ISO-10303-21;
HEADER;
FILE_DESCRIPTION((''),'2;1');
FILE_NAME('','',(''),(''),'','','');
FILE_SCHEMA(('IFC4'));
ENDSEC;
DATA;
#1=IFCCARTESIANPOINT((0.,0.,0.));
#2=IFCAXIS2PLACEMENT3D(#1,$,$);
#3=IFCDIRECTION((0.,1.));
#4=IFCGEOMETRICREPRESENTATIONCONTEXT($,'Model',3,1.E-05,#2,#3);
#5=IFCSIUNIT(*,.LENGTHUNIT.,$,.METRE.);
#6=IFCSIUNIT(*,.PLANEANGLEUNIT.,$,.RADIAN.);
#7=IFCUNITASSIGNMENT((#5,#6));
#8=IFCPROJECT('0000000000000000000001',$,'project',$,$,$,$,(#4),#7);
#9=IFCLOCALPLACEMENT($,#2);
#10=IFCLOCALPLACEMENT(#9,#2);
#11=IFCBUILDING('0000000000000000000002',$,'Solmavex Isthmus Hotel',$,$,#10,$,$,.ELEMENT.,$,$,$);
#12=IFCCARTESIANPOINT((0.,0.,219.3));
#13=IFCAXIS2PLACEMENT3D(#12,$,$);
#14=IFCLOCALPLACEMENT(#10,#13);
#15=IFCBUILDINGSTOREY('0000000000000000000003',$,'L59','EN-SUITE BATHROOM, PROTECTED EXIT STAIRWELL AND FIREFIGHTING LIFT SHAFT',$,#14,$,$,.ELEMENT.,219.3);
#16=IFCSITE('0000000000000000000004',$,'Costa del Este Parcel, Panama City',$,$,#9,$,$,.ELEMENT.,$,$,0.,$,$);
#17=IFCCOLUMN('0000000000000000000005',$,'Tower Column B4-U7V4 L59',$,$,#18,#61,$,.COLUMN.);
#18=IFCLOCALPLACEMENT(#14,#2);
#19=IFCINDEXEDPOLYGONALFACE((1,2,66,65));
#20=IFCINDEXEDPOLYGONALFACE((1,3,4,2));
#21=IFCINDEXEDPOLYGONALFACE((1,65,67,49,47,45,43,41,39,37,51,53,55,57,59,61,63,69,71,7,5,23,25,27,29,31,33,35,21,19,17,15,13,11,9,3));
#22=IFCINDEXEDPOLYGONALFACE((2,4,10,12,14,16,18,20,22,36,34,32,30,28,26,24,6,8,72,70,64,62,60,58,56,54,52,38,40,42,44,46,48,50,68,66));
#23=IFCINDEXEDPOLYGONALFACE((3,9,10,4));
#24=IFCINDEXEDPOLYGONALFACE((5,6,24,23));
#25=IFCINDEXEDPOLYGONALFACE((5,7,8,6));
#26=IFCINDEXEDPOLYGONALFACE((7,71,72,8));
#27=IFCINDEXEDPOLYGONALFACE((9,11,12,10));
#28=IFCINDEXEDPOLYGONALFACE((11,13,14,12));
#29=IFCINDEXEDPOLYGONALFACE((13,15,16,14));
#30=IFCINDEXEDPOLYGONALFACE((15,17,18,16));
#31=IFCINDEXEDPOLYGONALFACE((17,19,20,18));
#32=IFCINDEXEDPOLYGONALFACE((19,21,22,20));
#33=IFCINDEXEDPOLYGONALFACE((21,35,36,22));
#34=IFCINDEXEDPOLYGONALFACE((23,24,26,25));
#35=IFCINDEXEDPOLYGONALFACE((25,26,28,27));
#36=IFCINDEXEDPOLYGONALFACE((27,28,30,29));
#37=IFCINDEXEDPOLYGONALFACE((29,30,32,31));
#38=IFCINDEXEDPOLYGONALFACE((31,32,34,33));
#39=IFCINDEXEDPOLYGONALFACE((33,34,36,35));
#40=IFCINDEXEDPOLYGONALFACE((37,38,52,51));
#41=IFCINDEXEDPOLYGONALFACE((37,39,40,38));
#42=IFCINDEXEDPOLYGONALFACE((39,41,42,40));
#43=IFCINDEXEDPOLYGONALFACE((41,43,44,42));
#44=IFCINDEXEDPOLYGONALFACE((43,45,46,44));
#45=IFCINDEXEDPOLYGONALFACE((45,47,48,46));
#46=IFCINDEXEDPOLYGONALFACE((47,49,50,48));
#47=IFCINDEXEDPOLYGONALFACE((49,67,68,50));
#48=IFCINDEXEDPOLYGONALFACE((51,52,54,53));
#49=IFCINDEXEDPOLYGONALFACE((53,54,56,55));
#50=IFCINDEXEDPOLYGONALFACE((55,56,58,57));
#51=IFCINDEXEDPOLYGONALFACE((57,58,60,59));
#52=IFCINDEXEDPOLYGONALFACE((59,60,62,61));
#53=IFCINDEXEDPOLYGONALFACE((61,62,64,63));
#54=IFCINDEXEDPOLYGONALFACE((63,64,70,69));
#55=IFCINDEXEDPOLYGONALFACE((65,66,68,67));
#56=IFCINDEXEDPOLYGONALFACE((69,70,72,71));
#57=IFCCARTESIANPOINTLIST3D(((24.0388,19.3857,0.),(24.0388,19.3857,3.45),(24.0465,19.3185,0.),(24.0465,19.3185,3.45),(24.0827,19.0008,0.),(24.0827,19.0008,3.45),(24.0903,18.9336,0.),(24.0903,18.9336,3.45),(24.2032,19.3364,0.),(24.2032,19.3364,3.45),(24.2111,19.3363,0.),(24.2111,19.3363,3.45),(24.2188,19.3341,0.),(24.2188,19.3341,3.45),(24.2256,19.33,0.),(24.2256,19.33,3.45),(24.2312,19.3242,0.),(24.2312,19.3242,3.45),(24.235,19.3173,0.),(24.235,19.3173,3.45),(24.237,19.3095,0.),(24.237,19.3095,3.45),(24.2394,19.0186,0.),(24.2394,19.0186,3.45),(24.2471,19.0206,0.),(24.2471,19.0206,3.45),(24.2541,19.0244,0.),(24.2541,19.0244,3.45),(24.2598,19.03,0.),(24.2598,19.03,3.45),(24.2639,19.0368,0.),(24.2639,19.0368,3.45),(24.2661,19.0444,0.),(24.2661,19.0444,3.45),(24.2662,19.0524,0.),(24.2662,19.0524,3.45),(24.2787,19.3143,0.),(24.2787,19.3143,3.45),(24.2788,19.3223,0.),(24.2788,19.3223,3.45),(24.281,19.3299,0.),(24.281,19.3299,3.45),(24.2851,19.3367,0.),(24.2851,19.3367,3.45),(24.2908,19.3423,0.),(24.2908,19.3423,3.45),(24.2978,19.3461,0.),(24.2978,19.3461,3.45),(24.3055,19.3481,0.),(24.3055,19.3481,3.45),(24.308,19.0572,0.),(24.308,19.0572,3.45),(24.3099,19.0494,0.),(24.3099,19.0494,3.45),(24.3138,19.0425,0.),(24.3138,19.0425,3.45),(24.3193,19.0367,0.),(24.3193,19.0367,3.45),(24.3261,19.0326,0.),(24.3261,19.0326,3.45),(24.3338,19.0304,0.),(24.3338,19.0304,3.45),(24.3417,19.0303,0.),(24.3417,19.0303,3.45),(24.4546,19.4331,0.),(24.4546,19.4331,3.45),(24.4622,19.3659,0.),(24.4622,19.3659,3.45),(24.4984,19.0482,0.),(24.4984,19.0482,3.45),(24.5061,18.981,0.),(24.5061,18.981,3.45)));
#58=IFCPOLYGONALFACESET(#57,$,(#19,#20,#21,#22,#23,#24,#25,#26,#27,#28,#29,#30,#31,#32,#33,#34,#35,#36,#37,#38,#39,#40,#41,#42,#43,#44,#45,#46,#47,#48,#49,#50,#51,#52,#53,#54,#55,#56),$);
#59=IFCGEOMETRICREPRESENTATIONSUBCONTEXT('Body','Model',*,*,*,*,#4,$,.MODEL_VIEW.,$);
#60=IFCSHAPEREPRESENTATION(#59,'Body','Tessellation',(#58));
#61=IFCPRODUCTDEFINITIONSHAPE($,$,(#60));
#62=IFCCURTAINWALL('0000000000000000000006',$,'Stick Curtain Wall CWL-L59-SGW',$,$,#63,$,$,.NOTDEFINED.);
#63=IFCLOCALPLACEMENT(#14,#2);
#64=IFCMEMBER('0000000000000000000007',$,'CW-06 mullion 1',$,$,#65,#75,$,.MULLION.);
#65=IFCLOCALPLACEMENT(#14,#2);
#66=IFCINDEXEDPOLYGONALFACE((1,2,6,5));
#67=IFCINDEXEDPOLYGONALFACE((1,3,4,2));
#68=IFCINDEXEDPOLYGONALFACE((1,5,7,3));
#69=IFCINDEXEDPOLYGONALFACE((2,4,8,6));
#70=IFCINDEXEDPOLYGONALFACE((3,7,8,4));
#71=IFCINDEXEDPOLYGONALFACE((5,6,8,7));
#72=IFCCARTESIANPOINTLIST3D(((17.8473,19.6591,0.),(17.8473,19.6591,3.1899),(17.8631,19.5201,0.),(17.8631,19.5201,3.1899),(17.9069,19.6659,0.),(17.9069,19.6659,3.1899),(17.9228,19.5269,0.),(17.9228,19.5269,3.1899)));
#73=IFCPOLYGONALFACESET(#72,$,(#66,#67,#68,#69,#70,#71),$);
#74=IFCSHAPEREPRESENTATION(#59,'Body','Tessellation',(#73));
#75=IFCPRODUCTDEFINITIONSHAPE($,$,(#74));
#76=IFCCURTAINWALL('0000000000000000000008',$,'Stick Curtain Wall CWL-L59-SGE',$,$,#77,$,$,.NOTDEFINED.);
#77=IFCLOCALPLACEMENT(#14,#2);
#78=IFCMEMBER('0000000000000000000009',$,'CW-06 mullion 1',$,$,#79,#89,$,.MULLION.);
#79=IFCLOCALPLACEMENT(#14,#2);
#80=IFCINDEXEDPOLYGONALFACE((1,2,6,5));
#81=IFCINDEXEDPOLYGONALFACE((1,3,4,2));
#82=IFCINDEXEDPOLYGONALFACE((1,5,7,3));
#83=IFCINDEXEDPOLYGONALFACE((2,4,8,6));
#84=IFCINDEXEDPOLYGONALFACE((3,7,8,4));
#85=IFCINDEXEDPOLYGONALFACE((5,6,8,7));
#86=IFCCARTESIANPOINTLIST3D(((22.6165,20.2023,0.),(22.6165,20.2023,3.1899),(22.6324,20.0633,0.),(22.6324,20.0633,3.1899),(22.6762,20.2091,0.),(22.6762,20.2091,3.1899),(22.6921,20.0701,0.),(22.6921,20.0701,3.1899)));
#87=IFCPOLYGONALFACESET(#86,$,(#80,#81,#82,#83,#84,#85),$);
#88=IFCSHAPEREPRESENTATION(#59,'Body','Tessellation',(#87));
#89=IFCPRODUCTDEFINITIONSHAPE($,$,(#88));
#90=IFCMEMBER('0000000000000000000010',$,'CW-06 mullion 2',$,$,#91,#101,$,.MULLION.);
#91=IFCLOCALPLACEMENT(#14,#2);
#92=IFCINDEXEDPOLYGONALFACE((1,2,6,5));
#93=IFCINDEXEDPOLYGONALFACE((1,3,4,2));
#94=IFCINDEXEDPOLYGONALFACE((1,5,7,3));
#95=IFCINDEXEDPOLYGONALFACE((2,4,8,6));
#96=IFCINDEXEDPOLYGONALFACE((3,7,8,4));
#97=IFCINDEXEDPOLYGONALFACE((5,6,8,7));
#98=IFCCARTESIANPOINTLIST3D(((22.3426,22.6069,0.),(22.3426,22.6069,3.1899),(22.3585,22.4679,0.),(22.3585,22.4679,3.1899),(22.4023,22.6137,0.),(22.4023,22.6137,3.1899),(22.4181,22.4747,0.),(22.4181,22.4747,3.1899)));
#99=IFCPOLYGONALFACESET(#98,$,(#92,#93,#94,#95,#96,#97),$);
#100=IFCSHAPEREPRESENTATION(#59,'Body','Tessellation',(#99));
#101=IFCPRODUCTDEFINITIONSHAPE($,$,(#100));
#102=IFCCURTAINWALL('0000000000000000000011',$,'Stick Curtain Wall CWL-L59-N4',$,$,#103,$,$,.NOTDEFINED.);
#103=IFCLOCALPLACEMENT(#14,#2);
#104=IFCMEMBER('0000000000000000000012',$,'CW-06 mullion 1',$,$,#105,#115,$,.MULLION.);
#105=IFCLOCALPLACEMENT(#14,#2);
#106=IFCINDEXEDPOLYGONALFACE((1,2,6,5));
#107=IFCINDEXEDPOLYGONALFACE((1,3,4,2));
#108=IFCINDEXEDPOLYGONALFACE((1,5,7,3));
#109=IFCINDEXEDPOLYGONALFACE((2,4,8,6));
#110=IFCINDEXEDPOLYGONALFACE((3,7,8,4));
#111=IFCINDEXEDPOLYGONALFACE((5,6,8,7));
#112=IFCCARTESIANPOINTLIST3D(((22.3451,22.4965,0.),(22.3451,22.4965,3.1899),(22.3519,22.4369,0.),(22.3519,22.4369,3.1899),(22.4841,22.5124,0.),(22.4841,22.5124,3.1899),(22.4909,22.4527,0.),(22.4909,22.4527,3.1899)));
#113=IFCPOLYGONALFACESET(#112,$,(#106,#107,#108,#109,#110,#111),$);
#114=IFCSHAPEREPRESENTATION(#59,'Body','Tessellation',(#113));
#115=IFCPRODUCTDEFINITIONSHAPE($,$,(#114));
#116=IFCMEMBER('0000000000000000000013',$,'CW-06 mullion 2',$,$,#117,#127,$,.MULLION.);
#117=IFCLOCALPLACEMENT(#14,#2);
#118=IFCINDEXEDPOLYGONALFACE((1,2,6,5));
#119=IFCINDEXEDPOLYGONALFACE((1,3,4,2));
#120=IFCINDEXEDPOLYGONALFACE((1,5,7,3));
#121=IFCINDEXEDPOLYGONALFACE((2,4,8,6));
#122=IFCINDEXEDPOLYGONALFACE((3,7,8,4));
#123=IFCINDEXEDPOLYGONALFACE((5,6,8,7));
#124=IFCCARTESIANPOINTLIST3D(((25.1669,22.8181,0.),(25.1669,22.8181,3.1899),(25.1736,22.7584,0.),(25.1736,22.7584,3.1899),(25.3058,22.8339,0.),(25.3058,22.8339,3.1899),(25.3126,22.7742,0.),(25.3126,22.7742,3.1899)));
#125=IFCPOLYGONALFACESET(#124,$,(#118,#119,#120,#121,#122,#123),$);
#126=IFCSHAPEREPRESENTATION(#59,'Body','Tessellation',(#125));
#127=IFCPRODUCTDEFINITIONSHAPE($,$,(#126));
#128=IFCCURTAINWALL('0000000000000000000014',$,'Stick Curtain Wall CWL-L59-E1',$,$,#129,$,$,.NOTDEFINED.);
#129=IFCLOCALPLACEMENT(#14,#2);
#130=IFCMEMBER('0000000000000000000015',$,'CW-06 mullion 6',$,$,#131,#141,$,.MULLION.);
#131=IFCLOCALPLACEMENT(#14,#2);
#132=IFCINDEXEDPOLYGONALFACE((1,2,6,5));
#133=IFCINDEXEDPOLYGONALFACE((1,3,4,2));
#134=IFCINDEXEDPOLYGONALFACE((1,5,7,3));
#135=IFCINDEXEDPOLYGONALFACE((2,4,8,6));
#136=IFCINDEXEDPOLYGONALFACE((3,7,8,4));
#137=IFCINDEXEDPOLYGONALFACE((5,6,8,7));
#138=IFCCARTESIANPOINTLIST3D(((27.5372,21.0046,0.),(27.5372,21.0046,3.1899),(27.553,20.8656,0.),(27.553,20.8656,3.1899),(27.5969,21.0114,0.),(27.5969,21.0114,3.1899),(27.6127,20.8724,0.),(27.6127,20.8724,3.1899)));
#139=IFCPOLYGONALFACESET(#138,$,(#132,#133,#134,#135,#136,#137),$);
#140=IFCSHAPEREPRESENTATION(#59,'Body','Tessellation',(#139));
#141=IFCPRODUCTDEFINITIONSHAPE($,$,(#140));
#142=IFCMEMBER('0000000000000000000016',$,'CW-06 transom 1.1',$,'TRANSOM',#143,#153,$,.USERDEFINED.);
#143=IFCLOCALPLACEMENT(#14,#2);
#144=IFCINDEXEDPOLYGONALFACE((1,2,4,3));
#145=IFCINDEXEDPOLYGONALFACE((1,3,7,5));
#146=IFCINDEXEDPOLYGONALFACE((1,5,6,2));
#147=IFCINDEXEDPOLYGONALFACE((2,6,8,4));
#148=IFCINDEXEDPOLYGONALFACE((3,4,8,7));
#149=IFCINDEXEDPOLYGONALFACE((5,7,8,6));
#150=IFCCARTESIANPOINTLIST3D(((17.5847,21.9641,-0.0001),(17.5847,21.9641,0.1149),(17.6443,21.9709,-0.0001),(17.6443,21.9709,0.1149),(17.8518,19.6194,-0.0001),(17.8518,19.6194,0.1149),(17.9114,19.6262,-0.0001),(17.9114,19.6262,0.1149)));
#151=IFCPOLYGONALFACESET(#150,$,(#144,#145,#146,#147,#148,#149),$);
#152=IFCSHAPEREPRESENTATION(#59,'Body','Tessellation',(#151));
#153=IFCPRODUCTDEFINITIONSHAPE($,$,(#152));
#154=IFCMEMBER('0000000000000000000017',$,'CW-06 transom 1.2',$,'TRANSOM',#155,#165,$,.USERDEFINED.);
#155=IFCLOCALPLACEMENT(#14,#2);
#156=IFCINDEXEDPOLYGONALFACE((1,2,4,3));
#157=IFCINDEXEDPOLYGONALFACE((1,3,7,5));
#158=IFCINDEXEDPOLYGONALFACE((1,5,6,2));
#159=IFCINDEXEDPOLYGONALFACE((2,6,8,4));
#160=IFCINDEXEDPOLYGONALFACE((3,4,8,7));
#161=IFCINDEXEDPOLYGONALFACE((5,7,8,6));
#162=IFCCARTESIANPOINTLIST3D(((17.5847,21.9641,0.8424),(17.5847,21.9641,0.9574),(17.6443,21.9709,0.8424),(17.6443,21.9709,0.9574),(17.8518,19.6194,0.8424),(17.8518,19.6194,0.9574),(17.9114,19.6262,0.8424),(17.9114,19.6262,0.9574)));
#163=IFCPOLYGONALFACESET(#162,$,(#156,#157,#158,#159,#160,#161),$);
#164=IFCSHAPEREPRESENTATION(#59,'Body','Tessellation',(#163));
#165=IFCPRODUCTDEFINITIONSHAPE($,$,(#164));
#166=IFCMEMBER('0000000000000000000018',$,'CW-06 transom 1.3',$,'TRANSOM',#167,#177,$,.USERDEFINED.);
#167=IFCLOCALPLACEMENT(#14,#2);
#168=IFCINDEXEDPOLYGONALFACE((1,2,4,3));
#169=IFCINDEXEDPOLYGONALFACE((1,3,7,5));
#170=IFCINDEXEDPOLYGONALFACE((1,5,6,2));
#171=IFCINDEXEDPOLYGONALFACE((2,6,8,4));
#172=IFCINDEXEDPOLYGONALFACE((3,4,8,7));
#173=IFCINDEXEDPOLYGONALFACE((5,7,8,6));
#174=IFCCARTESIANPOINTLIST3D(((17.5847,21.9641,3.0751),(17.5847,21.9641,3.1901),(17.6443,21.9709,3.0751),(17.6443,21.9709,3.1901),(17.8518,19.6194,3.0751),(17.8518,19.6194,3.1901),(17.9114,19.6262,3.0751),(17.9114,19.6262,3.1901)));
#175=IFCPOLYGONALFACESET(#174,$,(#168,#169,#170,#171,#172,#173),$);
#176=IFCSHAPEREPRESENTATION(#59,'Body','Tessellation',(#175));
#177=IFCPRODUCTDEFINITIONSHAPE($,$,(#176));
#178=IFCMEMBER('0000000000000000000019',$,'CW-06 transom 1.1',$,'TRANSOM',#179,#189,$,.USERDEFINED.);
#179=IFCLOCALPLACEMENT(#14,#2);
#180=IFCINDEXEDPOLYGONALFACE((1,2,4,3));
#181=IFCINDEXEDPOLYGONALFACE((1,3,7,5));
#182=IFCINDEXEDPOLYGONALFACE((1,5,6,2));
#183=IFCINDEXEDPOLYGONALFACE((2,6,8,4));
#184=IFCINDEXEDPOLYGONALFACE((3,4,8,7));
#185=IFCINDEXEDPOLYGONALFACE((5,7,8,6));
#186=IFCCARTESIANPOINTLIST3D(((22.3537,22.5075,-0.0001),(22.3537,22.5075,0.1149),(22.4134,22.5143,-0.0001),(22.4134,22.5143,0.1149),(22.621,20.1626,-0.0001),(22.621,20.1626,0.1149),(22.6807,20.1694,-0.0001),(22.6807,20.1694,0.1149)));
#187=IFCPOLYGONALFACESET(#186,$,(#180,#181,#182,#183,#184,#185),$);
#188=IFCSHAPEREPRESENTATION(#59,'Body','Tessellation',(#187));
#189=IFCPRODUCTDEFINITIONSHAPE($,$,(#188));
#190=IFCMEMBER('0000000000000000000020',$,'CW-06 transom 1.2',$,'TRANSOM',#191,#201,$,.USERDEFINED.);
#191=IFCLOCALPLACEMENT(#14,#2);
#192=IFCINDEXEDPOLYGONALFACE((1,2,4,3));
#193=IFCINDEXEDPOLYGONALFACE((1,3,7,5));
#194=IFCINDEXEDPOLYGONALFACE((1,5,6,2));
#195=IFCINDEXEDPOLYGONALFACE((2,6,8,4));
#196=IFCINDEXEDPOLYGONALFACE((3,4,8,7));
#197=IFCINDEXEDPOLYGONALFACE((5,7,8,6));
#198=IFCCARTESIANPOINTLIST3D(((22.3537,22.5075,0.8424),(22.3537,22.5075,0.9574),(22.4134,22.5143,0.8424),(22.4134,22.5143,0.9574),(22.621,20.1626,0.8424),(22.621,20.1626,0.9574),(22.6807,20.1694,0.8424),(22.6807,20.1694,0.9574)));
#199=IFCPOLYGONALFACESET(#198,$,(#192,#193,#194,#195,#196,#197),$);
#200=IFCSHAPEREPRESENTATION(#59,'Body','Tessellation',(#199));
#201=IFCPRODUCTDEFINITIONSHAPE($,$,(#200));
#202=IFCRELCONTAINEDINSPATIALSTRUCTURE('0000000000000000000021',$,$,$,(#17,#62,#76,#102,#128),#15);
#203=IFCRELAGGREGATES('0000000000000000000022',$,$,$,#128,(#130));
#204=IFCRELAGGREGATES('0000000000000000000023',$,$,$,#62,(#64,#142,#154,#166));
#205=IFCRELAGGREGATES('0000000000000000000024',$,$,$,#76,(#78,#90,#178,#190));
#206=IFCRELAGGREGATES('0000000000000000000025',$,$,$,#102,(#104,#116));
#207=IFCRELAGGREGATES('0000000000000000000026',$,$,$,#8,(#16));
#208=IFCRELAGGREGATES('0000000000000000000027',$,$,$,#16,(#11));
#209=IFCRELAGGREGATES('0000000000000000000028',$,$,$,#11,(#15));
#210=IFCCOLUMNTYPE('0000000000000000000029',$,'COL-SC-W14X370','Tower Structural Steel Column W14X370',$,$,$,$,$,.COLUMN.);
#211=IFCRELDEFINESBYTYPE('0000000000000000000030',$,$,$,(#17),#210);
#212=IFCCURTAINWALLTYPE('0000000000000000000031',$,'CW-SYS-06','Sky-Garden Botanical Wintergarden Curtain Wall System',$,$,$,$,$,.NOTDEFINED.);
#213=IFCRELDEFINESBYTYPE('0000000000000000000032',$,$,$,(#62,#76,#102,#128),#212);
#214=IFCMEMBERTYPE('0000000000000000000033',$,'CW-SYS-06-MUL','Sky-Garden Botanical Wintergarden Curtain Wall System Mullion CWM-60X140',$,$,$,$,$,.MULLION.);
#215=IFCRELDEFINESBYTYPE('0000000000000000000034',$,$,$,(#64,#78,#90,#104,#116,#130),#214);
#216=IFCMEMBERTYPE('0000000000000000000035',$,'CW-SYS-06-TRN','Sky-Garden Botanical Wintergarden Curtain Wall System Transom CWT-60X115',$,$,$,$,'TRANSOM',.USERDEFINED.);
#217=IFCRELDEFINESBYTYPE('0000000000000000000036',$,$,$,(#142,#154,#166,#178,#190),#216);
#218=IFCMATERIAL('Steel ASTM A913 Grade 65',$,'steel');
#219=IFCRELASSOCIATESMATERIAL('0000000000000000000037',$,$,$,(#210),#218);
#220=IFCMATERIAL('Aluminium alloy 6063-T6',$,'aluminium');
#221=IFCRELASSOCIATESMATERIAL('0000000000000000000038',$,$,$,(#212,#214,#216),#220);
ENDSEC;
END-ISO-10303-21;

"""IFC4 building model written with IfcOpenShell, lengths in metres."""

from ifc_helpers import new_model, si_unit, direction, frame, origin, origin_2d, place, context, subcontext, project, spatial, rectangle, i_section, extrude, material, material_profile, profile_set, type_object, element, aggregate, save


model = new_model("IFC4")

# Units and contexts
model_context = context("Model", 3, precision=1e-05, world=origin(), true_north=direction((0.0, 1.0)))
body_context = subcontext(model_context, "Body", "Model", "MODEL_VIEW")
ifc_project = project(units=[si_unit("LENGTHUNIT", "METRE"), si_unit("PLANEANGLEUNIT", "RADIAN")], contexts=[model_context])

# Site, building, storey
site_placement = place(None, origin())
site = spatial("IfcSite", under=ifc_project, at=site_placement, Name="Costa del Este Parcel, Panama City", CompositionType="ELEMENT", RefElevation=0.0)
building_placement = place(site_placement, origin())
building = spatial("IfcBuilding", under=site, at=building_placement, Name="Solmavex Isthmus Hotel", CompositionType="ELEMENT")
storey_placement = place(building_placement, frame((0.0, 0.0, 219.3)))
storey = spatial("IfcBuildingStorey", under=building, at=storey_placement, Name="L59", Description="EN-SUITE BATHROOM, PROTECTED EXIT STAIRWELL AND FIREFIGHTING LIFT SHAFT", CompositionType="ELEMENT", Elevation=219.3)

# Column
ifc_material_1 = material(Name="Steel ASTM A913 Grade 65", Category="steel")
ifc_material_profile_1 = material_profile(ifc_material_1, i_section(OverallWidth=0.4185, OverallDepth=0.4551, WebThickness=0.042, FlangeThickness=0.0676, FilletRadius=0.0305, at=origin_2d()), Name="W14X370")
ifc_profile_set_1 = profile_set([ifc_material_profile_1], Name="Steel ASTM A913 Grade 65")
column_type = type_object("IfcColumnType", Name="COL-SC-W14X370", Description="Tower Structural Steel Column W14X370", PredefinedType="COLUMN", material=ifc_profile_set_1)
column_placement = place(storey_placement, frame((24.2725, 19.1833, 0.0), z_axis=(0.0, 0.0, 1.0), x_axis=(0.993572, 0.113203, 0.0)))
element("IfcColumn", 1, at=column_placement, inside=storey, type_object=column_type, Name="Tower Column B4-U7V4 L59", PredefinedType="COLUMN", context=body_context, shape_type="SweptSolid", body=[
    extrude(i_section(OverallWidth=0.4185, OverallDepth=0.4551, WebThickness=0.042, FlangeThickness=0.0676, FilletRadius=0.0305, at=origin_2d()), origin(), (0.0, 0.0, 1.0), 3.45),
])

# Curtain wall, member
ifc_material_2 = material(Name="Aluminium alloy 6063-T6", Category="aluminium")
curtain_wall_type = type_object("IfcCurtainWallType", Name="CW-SYS-06", Description="Sky-Garden Botanical Wintergarden Curtain Wall System", PredefinedType="NOTDEFINED", material=ifc_material_2)
curtain_wall_1_placement = place(storey_placement, origin())
curtain_wall_1 = element("IfcCurtainWall", 2, at=curtain_wall_1_placement, inside=storey, type_object=curtain_wall_type, Name="Stick Curtain Wall CWL-L59-SGW", PredefinedType="NOTDEFINED")
ifc_material_profile_2 = material_profile(ifc_material_2, rectangle(XDim=0.0601, YDim=0.1399, at=origin_2d()), Name="CWM-60X140")
ifc_profile_set_2 = profile_set([ifc_material_profile_2], Name="Aluminium alloy 6063-T6")
member_type_1 = type_object("IfcMemberType", Name="CW-SYS-06-MUL", Description="Sky-Garden Botanical Wintergarden Curtain Wall System Mullion CWM-60X140", PredefinedType="MULLION", material=ifc_profile_set_2)
member_1_placement = place(storey_placement, frame((17.885, 19.593, 0.0), z_axis=(0.0, 0.0, 1.0), x_axis=(-0.993572, -0.113202, 0.0)))
member_1 = element("IfcMember", 3, at=member_1_placement, type_object=member_type_1, Name="CW-06 mullion 1", PredefinedType="MULLION", context=body_context, shape_type="SweptSolid", body=[
    extrude(rectangle(XDim=0.0601, YDim=0.1399, at=origin_2d()), origin(), (0.0, 0.0, 1.0), 3.1899),
])

# Curtain walls, members
curtain_wall_2_placement = place(storey_placement, origin())
curtain_wall_2 = element("IfcCurtainWall", 4, at=curtain_wall_2_placement, inside=storey, type_object=curtain_wall_type, Name="Stick Curtain Wall CWL-L59-SGE", PredefinedType="NOTDEFINED")
member_2_placement = place(storey_placement, frame((22.6543, 20.1362, 0.0), z_axis=(0.0, 0.0, 1.0), x_axis=(-0.993572, -0.113202, 0.0)))
member_2 = element("IfcMember", 5, at=member_2_placement, type_object=member_type_1, Name="CW-06 mullion 1", PredefinedType="MULLION", context=body_context, shape_type="SweptSolid", body=[
    extrude(rectangle(XDim=0.0601, YDim=0.1399, at=origin_2d()), origin(), (0.0, 0.0, 1.0), 3.1899),
])
member_3_placement = place(storey_placement, frame((22.3804, 22.5408, 0.0), z_axis=(0.0, 0.0, 1.0), x_axis=(-0.993572, -0.113202, 0.0)))
member_3 = element("IfcMember", 6, at=member_3_placement, type_object=member_type_1, Name="CW-06 mullion 2", PredefinedType="MULLION", context=body_context, shape_type="SweptSolid", body=[
    extrude(rectangle(XDim=0.0601, YDim=0.1399, at=origin_2d()), origin(), (0.0, 0.0, 1.0), 3.1899),
])
curtain_wall_3_placement = place(storey_placement, origin())
curtain_wall_3 = element("IfcCurtainWall", 7, at=curtain_wall_3_placement, inside=storey, type_object=curtain_wall_type, Name="Stick Curtain Wall CWL-L59-N4", PredefinedType="NOTDEFINED")
member_4_placement = place(storey_placement, frame((22.418, 22.4746, 0.0), z_axis=(0.0, 0.0, 1.0), x_axis=(-0.113203, 0.993572, 0.0)))
member_4 = element("IfcMember", 8, at=member_4_placement, type_object=member_type_1, Name="CW-06 mullion 1", PredefinedType="MULLION", context=body_context, shape_type="SweptSolid", body=[
    extrude(rectangle(XDim=0.0601, YDim=0.1399, at=origin_2d()), origin(), (0.0, 0.0, 1.0), 3.1899),
])
member_5_placement = place(storey_placement, frame((25.2397, 22.7961, 0.0), z_axis=(0.0, 0.0, 1.0), x_axis=(-0.113203, 0.993572, 0.0)))
member_5 = element("IfcMember", 9, at=member_5_placement, type_object=member_type_1, Name="CW-06 mullion 2", PredefinedType="MULLION", context=body_context, shape_type="SweptSolid", body=[
    extrude(rectangle(XDim=0.0601, YDim=0.1399, at=origin_2d()), origin(), (0.0, 0.0, 1.0), 3.1899),
])

# Curtain wall, member
curtain_wall_4_placement = place(storey_placement, origin())
curtain_wall_4 = element("IfcCurtainWall", 10, at=curtain_wall_4_placement, inside=storey, type_object=curtain_wall_type, Name="Stick Curtain Wall CWL-L59-E1", PredefinedType="NOTDEFINED")
member_6_placement = place(storey_placement, frame((27.575, 20.9385, 0.0), z_axis=(0.0, 0.0, 1.0), x_axis=(-0.993572, -0.113203, 0.0)))
member_6 = element("IfcMember", 11, at=member_6_placement, type_object=member_type_1, Name="CW-06 mullion 6", PredefinedType="MULLION", context=body_context, shape_type="SweptSolid", body=[
    extrude(rectangle(XDim=0.0601, YDim=0.1399, at=origin_2d()), origin(), (0.0, 0.0, 1.0), 3.1899),
])
aggregate(curtain_wall_4, [member_6])

# Members
ifc_material_profile_3 = material_profile(ifc_material_2, rectangle(XDim=0.0601, YDim=0.115, at=origin_2d()), Name="CWT-60X115")
ifc_profile_set_3 = profile_set([ifc_material_profile_3], Name="Aluminium alloy 6063-T6")
member_type_2 = type_object("IfcMemberType", Name="CW-SYS-06-TRN", Description="Sky-Garden Botanical Wintergarden Curtain Wall System Transom CWT-60X115", ElementType="TRANSOM", PredefinedType="USERDEFINED", material=ifc_profile_set_3)
member_7_placement = place(storey_placement, frame((17.8816, 19.6228, 0.0574), z_axis=(-0.113179, 0.993575, 0.0), x_axis=(-0.993575, -0.113179, 0.0)))
member_7 = element("IfcMember", 12, at=member_7_placement, type_object=member_type_2, Name="CW-06 transom 1.1", ObjectType="TRANSOM", PredefinedType="USERDEFINED", context=body_context, shape_type="SweptSolid", body=[
    extrude(rectangle(XDim=0.0601, YDim=0.115, at=origin_2d()), origin(), (0.0, 0.0, 1.0), 2.3599),
])
member_8_placement = place(storey_placement, frame((17.8816, 19.6228, 0.8999), z_axis=(-0.113179, 0.993575, 0.0), x_axis=(-0.993575, -0.113179, 0.0)))
member_8 = element("IfcMember", 13, at=member_8_placement, type_object=member_type_2, Name="CW-06 transom 1.2", ObjectType="TRANSOM", PredefinedType="USERDEFINED", context=body_context, shape_type="SweptSolid", body=[
    extrude(rectangle(XDim=0.0601, YDim=0.115, at=origin_2d()), origin(), (0.0, 0.0, 1.0), 2.3599),
])
member_9_placement = place(storey_placement, frame((17.8816, 19.6228, 3.1326), z_axis=(-0.113179, 0.993575, 0.0), x_axis=(-0.993575, -0.113179, 0.0)))
member_9 = element("IfcMember", 14, at=member_9_placement, type_object=member_type_2, Name="CW-06 transom 1.3", ObjectType="TRANSOM", PredefinedType="USERDEFINED", context=body_context, shape_type="SweptSolid", body=[
    extrude(rectangle(XDim=0.0601, YDim=0.115, at=origin_2d()), origin(), (0.0, 0.0, 1.0), 2.3599),
])
aggregate(curtain_wall_1, [member_1, member_7, member_8, member_9])
member_10_placement = place(storey_placement, frame((22.6509, 20.166, 0.0574), z_axis=(-0.113269, 0.993564, 0.0), x_axis=(-0.993564, -0.113269, 0.0)))
member_10 = element("IfcMember", 15, at=member_10_placement, type_object=member_type_2, Name="CW-06 transom 1.1", ObjectType="TRANSOM", PredefinedType="USERDEFINED", context=body_context, shape_type="SweptSolid", body=[
    extrude(rectangle(XDim=0.0601, YDim=0.115, at=origin_2d()), origin(), (0.0, 0.0, 1.0), 2.3601),
])
member_11_placement = place(storey_placement, frame((22.6509, 20.166, 0.8999), z_axis=(-0.113269, 0.993564, 0.0), x_axis=(-0.993564, -0.113269, 0.0)))
member_11 = element("IfcMember", 16, at=member_11_placement, type_object=member_type_2, Name="CW-06 transom 1.2", ObjectType="TRANSOM", PredefinedType="USERDEFINED", context=body_context, shape_type="SweptSolid", body=[
    extrude(rectangle(XDim=0.0601, YDim=0.115, at=origin_2d()), origin(), (0.0, 0.0, 1.0), 2.3601),
])

aggregate(curtain_wall_2, [member_2, member_3, member_10, member_11])
aggregate(curtain_wall_3, [member_4, member_5])

save(model, "model.ifc")
